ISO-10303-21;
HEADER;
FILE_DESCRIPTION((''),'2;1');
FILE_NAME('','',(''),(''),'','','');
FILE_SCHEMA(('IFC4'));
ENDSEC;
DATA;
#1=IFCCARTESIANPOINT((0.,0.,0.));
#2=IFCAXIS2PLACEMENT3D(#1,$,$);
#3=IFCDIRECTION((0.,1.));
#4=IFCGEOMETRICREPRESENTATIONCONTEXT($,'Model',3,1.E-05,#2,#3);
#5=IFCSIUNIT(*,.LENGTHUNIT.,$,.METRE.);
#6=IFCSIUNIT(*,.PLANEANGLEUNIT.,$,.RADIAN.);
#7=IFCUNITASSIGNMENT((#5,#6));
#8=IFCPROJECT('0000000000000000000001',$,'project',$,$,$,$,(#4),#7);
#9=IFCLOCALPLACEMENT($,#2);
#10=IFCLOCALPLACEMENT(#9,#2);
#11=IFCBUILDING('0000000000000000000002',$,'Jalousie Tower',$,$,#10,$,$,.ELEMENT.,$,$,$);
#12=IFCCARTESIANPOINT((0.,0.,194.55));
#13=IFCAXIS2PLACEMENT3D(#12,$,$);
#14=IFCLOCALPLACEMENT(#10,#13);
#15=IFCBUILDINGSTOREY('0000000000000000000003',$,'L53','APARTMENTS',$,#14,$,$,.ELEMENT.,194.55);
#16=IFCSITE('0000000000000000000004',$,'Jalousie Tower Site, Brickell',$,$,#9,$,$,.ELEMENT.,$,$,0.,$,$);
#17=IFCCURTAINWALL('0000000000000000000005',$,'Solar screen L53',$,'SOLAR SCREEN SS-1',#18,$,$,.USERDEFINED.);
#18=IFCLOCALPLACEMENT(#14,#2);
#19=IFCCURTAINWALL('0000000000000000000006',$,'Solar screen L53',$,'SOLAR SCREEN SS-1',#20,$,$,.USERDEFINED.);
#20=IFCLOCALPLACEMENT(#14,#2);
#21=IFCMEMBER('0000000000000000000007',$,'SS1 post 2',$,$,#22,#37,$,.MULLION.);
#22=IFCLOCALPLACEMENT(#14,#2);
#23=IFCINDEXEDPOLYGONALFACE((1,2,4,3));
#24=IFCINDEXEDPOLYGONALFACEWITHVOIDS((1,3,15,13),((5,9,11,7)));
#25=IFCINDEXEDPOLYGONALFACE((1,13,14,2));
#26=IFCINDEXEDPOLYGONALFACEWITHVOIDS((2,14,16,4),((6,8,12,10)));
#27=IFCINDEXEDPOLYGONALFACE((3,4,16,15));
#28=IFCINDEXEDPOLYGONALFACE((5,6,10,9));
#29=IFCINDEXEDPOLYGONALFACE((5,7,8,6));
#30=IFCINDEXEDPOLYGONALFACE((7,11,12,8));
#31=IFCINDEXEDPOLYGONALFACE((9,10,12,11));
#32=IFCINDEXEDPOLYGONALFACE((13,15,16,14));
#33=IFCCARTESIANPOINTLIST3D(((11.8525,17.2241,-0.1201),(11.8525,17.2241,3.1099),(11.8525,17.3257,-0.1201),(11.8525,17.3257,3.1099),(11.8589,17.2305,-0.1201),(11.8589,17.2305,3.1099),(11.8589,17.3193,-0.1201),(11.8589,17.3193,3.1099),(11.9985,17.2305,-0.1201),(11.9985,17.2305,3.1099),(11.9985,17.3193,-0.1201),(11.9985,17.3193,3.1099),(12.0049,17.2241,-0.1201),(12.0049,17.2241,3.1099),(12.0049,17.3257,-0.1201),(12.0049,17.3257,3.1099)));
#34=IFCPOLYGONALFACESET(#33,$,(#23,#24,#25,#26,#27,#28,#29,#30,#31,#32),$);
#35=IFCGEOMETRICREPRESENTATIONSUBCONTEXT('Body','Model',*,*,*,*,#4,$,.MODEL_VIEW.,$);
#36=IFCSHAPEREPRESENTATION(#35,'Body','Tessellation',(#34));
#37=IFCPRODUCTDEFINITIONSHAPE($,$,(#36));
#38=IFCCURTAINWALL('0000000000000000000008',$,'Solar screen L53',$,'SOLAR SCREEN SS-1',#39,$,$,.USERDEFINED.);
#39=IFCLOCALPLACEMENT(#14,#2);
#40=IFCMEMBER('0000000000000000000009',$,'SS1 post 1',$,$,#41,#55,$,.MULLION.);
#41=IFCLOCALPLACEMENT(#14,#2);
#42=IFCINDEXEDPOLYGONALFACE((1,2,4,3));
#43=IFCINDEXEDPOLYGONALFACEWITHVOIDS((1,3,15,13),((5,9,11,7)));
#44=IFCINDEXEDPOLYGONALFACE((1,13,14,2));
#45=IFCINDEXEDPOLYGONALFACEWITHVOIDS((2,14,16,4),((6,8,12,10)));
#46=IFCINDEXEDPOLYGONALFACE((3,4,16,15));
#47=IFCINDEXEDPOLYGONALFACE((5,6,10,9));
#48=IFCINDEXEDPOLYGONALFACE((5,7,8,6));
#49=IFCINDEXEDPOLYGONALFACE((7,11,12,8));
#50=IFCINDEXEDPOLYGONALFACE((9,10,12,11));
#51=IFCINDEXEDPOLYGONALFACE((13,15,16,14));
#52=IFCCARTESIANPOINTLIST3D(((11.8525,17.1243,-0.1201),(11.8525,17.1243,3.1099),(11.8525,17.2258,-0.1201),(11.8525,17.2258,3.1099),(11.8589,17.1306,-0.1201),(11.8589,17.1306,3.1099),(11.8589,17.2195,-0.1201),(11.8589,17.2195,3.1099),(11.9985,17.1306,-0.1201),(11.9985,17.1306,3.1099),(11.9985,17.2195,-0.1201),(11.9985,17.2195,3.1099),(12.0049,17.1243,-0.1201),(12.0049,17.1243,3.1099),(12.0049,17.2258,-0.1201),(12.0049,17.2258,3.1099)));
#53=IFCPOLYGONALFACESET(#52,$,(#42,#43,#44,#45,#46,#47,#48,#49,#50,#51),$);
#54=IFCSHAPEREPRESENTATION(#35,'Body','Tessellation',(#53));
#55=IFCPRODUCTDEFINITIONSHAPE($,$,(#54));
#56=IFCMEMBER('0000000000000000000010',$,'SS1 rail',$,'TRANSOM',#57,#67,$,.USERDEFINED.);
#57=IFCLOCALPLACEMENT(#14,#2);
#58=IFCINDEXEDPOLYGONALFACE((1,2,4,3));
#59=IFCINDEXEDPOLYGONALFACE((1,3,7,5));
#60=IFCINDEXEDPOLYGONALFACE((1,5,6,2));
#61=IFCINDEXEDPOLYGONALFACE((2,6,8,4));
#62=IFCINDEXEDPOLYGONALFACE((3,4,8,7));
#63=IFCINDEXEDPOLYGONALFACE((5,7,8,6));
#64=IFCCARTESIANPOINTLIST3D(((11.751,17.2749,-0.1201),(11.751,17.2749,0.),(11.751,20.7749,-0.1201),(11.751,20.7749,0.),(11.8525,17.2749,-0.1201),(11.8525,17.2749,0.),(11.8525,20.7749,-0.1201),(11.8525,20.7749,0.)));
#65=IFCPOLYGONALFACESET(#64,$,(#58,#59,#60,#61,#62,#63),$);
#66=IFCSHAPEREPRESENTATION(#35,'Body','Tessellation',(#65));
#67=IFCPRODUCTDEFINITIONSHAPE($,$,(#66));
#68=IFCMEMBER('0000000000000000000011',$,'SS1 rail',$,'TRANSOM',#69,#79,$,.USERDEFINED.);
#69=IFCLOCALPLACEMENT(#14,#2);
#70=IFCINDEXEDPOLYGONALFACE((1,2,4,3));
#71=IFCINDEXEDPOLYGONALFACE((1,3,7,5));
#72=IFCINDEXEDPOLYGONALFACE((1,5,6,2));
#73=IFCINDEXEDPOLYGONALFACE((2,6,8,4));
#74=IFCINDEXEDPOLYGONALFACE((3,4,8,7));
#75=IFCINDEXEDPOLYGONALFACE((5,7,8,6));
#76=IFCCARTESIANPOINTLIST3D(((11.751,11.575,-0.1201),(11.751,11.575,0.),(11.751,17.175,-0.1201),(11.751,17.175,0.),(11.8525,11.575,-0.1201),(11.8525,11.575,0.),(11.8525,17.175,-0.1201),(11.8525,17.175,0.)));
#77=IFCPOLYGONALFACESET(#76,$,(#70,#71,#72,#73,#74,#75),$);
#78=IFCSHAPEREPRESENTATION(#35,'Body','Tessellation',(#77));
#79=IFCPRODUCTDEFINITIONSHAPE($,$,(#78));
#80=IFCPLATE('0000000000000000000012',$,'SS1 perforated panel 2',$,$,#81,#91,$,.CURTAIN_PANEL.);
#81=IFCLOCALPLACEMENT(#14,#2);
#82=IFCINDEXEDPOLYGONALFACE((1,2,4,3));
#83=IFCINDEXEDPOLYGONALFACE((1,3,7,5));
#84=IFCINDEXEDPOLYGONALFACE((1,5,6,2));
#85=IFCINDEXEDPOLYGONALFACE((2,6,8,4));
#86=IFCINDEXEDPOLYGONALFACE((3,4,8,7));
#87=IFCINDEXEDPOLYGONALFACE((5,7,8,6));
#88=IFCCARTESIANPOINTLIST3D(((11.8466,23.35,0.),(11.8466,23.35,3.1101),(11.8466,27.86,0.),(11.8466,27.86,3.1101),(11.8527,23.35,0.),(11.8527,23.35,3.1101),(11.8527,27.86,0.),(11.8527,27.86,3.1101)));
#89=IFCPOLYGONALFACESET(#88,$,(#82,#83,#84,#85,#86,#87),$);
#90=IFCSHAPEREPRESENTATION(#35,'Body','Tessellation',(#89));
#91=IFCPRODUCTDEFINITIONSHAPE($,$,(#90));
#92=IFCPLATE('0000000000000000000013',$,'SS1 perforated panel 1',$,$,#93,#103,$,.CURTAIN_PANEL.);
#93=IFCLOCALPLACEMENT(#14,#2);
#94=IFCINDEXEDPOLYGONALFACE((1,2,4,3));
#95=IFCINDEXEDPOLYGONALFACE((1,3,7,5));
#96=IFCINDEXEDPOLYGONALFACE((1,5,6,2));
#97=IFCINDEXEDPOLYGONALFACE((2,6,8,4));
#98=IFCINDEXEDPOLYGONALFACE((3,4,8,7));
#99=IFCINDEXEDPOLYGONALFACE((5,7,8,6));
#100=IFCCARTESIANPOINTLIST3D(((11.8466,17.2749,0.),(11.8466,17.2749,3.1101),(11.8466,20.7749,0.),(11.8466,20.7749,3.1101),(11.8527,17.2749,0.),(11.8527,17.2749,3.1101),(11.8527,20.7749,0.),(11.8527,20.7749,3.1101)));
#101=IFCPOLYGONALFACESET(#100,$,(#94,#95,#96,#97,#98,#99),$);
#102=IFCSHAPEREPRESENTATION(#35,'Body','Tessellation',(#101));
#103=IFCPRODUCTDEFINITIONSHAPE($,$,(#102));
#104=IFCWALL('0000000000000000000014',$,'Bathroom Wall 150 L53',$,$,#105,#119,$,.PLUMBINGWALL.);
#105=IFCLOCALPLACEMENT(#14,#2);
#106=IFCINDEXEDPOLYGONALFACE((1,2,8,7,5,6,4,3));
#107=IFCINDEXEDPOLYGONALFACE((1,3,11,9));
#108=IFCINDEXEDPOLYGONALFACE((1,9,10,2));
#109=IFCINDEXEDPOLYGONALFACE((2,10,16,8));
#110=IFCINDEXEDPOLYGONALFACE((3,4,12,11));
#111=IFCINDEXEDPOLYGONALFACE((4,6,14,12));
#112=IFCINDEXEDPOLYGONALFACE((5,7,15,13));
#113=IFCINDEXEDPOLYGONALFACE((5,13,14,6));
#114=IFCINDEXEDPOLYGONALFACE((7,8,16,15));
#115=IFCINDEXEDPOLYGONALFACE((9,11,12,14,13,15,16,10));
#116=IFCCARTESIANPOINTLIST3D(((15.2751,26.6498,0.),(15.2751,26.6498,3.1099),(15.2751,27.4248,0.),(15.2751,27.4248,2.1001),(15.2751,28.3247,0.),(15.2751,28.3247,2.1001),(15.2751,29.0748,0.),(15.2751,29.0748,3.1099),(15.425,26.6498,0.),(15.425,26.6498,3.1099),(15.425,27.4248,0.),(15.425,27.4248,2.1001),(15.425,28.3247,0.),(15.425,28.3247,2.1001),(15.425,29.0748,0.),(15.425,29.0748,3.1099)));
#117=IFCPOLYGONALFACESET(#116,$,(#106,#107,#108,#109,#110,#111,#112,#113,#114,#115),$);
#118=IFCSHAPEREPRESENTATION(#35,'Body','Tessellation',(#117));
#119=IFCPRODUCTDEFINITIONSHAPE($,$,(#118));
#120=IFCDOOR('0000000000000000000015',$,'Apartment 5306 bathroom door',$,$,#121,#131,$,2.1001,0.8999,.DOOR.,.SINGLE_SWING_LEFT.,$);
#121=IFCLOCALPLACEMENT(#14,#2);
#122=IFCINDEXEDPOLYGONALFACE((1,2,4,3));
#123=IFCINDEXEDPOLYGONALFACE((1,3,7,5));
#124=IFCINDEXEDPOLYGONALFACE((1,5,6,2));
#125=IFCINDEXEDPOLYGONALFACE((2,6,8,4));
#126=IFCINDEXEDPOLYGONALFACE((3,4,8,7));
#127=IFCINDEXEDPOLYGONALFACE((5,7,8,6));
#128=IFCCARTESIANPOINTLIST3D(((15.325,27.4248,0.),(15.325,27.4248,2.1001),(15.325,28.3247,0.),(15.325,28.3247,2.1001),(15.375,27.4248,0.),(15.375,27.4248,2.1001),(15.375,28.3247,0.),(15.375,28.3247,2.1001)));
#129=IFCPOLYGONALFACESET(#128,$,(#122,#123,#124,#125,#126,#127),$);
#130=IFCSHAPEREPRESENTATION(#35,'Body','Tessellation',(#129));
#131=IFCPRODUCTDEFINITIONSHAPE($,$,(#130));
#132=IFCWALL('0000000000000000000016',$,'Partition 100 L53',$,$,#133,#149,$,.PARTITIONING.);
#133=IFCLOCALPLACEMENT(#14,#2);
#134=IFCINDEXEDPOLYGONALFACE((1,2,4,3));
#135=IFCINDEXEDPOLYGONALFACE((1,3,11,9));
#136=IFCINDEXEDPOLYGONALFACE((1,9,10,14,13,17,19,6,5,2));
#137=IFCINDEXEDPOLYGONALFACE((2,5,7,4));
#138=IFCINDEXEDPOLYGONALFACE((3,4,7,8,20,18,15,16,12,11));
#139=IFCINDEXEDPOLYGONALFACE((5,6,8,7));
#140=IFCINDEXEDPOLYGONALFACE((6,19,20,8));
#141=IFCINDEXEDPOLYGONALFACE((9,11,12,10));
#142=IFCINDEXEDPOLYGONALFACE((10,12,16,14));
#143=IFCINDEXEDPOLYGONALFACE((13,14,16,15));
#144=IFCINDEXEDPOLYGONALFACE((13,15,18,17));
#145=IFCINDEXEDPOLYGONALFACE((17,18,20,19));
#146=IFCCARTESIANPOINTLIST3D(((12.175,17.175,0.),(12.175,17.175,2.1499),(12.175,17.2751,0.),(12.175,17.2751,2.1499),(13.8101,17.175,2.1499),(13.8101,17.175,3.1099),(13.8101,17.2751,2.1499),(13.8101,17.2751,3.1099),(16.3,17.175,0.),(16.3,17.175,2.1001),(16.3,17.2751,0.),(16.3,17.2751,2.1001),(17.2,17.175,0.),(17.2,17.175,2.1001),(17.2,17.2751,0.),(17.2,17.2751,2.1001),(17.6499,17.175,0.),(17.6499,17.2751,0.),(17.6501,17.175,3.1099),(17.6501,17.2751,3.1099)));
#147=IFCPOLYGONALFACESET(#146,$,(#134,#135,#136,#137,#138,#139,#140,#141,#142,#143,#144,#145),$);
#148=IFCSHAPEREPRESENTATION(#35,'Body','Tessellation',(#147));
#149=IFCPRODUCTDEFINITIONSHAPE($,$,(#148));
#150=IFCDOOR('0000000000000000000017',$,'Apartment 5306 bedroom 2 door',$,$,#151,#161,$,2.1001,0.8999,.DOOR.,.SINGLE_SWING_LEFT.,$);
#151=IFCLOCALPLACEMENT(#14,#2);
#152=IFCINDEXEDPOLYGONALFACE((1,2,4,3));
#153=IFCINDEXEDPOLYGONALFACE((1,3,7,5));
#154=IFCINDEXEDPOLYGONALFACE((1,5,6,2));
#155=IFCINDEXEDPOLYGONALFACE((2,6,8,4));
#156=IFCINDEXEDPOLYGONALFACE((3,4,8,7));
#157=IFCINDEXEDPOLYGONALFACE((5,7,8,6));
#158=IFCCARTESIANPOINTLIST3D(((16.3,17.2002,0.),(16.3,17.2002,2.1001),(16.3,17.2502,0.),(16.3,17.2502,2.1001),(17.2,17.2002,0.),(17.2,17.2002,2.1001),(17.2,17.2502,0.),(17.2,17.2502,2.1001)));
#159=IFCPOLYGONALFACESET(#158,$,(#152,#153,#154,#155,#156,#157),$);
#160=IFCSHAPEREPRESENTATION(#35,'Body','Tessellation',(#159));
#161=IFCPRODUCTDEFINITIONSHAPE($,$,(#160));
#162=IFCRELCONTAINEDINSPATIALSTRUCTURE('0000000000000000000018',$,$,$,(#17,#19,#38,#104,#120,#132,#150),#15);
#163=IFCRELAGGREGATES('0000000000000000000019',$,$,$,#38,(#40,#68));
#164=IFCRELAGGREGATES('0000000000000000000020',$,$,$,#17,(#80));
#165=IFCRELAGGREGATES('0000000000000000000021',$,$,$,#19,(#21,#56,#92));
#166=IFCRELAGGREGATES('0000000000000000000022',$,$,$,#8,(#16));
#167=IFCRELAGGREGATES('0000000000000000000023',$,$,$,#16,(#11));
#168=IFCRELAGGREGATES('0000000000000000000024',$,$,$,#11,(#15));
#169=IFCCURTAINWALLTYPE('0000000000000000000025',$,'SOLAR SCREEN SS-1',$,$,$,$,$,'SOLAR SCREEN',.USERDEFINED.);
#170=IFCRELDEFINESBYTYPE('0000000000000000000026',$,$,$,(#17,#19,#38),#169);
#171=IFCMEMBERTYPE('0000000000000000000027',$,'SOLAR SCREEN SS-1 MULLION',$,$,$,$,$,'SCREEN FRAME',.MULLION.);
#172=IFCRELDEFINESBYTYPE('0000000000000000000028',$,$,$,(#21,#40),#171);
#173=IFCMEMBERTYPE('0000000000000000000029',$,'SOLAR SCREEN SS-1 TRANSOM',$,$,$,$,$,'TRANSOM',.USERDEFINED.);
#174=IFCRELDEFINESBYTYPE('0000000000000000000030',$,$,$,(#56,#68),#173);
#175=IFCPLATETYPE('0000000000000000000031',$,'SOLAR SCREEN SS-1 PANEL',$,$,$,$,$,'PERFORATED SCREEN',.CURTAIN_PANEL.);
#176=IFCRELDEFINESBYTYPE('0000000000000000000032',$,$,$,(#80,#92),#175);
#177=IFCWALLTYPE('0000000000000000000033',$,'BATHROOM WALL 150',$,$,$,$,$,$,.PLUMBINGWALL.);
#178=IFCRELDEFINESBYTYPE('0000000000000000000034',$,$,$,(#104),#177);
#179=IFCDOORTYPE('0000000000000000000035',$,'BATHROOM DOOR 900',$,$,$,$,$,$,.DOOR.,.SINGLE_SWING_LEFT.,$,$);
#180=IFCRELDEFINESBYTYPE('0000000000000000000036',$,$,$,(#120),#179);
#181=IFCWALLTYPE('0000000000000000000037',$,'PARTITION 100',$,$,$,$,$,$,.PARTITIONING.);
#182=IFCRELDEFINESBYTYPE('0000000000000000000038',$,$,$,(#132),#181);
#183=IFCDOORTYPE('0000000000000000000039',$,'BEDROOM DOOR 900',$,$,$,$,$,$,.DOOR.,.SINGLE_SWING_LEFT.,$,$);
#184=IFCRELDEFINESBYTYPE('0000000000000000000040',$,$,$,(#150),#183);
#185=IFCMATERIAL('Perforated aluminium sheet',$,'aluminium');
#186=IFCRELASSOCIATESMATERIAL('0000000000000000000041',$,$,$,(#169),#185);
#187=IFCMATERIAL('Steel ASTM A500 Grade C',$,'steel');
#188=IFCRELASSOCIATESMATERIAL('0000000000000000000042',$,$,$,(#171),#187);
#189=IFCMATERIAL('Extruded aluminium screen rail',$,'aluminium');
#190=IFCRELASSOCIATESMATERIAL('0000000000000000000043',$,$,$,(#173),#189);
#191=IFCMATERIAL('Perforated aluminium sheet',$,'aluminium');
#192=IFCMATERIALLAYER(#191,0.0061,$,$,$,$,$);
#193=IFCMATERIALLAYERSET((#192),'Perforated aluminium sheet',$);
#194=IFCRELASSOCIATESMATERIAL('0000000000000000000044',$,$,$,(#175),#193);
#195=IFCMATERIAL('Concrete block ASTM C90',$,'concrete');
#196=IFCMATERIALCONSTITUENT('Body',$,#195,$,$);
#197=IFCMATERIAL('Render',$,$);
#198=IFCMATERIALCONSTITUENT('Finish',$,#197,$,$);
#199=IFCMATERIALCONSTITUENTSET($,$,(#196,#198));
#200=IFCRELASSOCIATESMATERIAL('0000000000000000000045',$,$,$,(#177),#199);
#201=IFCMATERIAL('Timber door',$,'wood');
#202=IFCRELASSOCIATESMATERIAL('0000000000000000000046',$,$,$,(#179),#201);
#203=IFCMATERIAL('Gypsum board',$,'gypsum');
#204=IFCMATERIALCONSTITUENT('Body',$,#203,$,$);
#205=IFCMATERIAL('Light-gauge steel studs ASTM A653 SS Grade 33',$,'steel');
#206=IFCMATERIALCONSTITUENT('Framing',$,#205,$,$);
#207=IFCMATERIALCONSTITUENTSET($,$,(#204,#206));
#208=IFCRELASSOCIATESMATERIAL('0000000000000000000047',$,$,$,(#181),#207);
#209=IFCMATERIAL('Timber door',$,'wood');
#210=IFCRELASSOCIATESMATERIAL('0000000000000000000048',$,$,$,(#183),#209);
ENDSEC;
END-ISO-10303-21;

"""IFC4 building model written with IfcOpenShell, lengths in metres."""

from ifc_helpers import new_model, si_unit, direction, frame, frame_2d, origin, origin_2d, place, context, subcontext, project, spatial, polyline, rectangle, hollow_rectangle, outline, extrude, material, layer, layer_set, constituent, constituent_set, material_profile, profile_set, type_object, element, fill, aggregate, save


model = new_model("IFC4")

# Units and contexts
model_context = context("Model", 3, precision=1e-05, world=origin(), true_north=direction((0.0, 1.0)))
body_context = subcontext(model_context, "Body", "Model", "MODEL_VIEW")
ifc_project = project(units=[si_unit("LENGTHUNIT", "METRE"), si_unit("PLANEANGLEUNIT", "RADIAN")], contexts=[model_context])

# Site, building, storey
site_placement = place(None, origin())
site = spatial("IfcSite", under=ifc_project, at=site_placement, Name="Jalousie Tower Site, Brickell", CompositionType="ELEMENT", RefElevation=0.0)
building_placement = place(site_placement, origin())
building = spatial("IfcBuilding", under=site, at=building_placement, Name="Jalousie Tower", CompositionType="ELEMENT")
storey_placement = place(building_placement, frame((0.0, 0.0, 194.55)))
storey = spatial("IfcBuildingStorey", under=building, at=storey_placement, Name="L53", Description="APARTMENTS", CompositionType="ELEMENT", Elevation=194.55)

# Curtain walls, member
ifc_material_1 = material(Name="Perforated aluminium sheet", Category="aluminium")
curtain_wall_type = type_object("IfcCurtainWallType", Name="SOLAR SCREEN SS-1", ElementType="SOLAR SCREEN", PredefinedType="USERDEFINED", material=ifc_material_1)
curtain_wall_1_placement = place(storey_placement, origin())
curtain_wall_1 = element("IfcCurtainWall", 1, at=curtain_wall_1_placement, inside=storey, type_object=curtain_wall_type, Name="Solar screen L53", ObjectType="SOLAR SCREEN SS-1", PredefinedType="USERDEFINED")
ifc_material_2 = material(Name="Steel ASTM A500 Grade C", Category="steel")
ifc_material_profile_1 = material_profile(ifc_material_2, hollow_rectangle(XDim=0.1016, YDim=0.1523, WallThickness=0.0063, at=origin_2d()), Name="HSS6X4X1/4")
ifc_profile_set_1 = profile_set([ifc_material_profile_1], Name="Steel ASTM A500 Grade C")
member_type_1 = type_object("IfcMemberType", Name="SOLAR SCREEN SS-1 MULLION", ElementType="SCREEN FRAME", PredefinedType="MULLION", material=ifc_profile_set_1)
curtain_wall_2_placement = place(storey_placement, origin())
curtain_wall_2 = element("IfcCurtainWall", 2, at=curtain_wall_2_placement, inside=storey, type_object=curtain_wall_type, Name="Solar screen L53", ObjectType="SOLAR SCREEN SS-1", PredefinedType="USERDEFINED")
member_1_placement = place(storey_placement, frame((11.9287, 17.2749, -0.1201), z_axis=(0.0, 0.0, 1.0), x_axis=(0.0, -1.0, 0.0)))
member_1 = element("IfcMember", 3, at=member_1_placement, type_object=member_type_1, Name="SS1 post 2", PredefinedType="MULLION", context=body_context, shape_type="SweptSolid", body=[
    extrude(hollow_rectangle(XDim=0.1016, YDim=0.1523, WallThickness=0.0063, at=origin_2d()), origin(), (0.0, 0.0, 1.0), 3.23),
])

# Curtain wall, member
curtain_wall_3_placement = place(storey_placement, origin())
curtain_wall_3 = element("IfcCurtainWall", 4, at=curtain_wall_3_placement, inside=storey, type_object=curtain_wall_type, Name="Solar screen L53", ObjectType="SOLAR SCREEN SS-1", PredefinedType="USERDEFINED")
member_2_placement = place(storey_placement, frame((11.9287, 17.175, -0.1201), z_axis=(0.0, 0.0, 1.0), x_axis=(0.0, -1.0, 0.0)))
member_2 = element("IfcMember", 5, at=member_2_placement, type_object=member_type_1, Name="SS1 post 1", PredefinedType="MULLION", context=body_context, shape_type="SweptSolid", body=[
    extrude(hollow_rectangle(XDim=0.1016, YDim=0.1523, WallThickness=0.0063, at=origin_2d()), origin(), (0.0, 0.0, 1.0), 3.23),
])

# Members
ifc_material_3 = material(Name="Extruded aluminium screen rail", Category="aluminium")
ifc_material_profile_2 = material_profile(ifc_material_3, rectangle(XDim=0.1016, YDim=0.1201, at=origin_2d()), Name="RAIL 102x120")
ifc_profile_set_2 = profile_set([ifc_material_profile_2], Name="Extruded aluminium screen rail")
member_type_2 = type_object("IfcMemberType", Name="SOLAR SCREEN SS-1 TRANSOM", ElementType="TRANSOM", PredefinedType="USERDEFINED", material=ifc_profile_set_2)
member_3_placement = place(storey_placement, frame((11.8018, 20.7749, -0.0601), z_axis=(0.0, -1.0, 0.0), x_axis=(1.0, 0.0, 0.0)))
member_3 = element("IfcMember", 6, at=member_3_placement, type_object=member_type_2, Name="SS1 rail", ObjectType="TRANSOM", PredefinedType="USERDEFINED", context=body_context, shape_type="SweptSolid", body=[
    extrude(rectangle(XDim=0.1016, YDim=0.1201, at=origin_2d()), origin(), (0.0, 0.0, 1.0), 3.5),
])
member_4_placement = place(storey_placement, frame((11.8018, 17.175, -0.0601), z_axis=(0.0, -1.0, 0.0), x_axis=(1.0, 0.0, 0.0)))
member_4 = element("IfcMember", 7, at=member_4_placement, type_object=member_type_2, Name="SS1 rail", ObjectType="TRANSOM", PredefinedType="USERDEFINED", context=body_context, shape_type="SweptSolid", body=[
    extrude(rectangle(XDim=0.1016, YDim=0.1201, at=origin_2d()), origin(), (0.0, 0.0, 1.0), 5.6001),
])
aggregate(curtain_wall_3, [member_2, member_4])

# Plates
ifc_material_4 = material(Name="Perforated aluminium sheet", Category="aluminium")
ifc_layer = layer(ifc_material_4, 0.0061)
ifc_layer_set = layer_set([ifc_layer], Name="Perforated aluminium sheet")
plate_type = type_object("IfcPlateType", Name="SOLAR SCREEN SS-1 PANEL", ElementType="PERFORATED SCREEN", PredefinedType="CURTAIN_PANEL", material=ifc_layer_set)
plate_1_placement = place(storey_placement, frame((11.8496, 25.605, 0.0), z_axis=(0.0, 0.0, 1.0), x_axis=(0.0, -1.0, 0.0)))
plate_1 = element("IfcPlate", 8, at=plate_1_placement, type_object=plate_type, Name="SS1 perforated panel 2", PredefinedType="CURTAIN_PANEL", context=body_context, shape_type="SweptSolid", body=[
    extrude(rectangle(XDim=4.51, YDim=0.0061, at=origin_2d()), origin(), (0.0, 0.0, 1.0), 3.1101),
])
aggregate(curtain_wall_1, [plate_1])
plate_2_placement = place(storey_placement, frame((11.8496, 19.0249, 0.0), z_axis=(0.0, 0.0, 1.0), x_axis=(0.0, -1.0, 0.0)))
plate_2 = element("IfcPlate", 9, at=plate_2_placement, type_object=plate_type, Name="SS1 perforated panel 1", PredefinedType="CURTAIN_PANEL", context=body_context, shape_type="SweptSolid", body=[
    extrude(rectangle(XDim=3.5, YDim=0.0061, at=origin_2d()), origin(), (0.0, 0.0, 1.0), 3.1101),
])
aggregate(curtain_wall_2, [member_1, member_3, plate_2])

# Walls, openings, doors
ifc_material_5 = material(Name="Concrete block ASTM C90", Category="concrete")
ifc_constituent_1 = constituent(ifc_material_5, Name="Body")
ifc_material_6 = material(Name="Render")
ifc_constituent_2 = constituent(ifc_material_6, Name="Finish")
ifc_constituent_set_1 = constituent_set(constituents=[ifc_constituent_1, ifc_constituent_2])
wall_type_1 = type_object("IfcWallType", Name="BATHROOM WALL 150", PredefinedType="PLUMBINGWALL", material=ifc_constituent_set_1)
wall_1_placement = place(storey_placement, frame((15.3501, 26.6499, 0.0), z_axis=(0.0, 0.0, 1.0), x_axis=(0.0, 1.0, 0.0)))
wall_1 = element("IfcWall", 10, at=wall_1_placement, inside=storey, type_object=wall_type_1, Name="Bathroom Wall 150 L53", PredefinedType="PLUMBINGWALL", context=body_context, shape_type="SweptSolid", body=[
    extrude(rectangle(XDim=2.425, YDim=0.1499, at=frame_2d((1.2124, 0.0))), origin(), (0.0, 0.0, 1.0), 3.1099),
])
opening_1_placement = place(wall_1_placement, frame((0.7749, 0.0, 0.0)))
opening_1 = element("IfcOpeningElement", 11, at=opening_1_placement, cuts=wall_1, PredefinedType="OPENING", context=body_context, shape_type="SweptSolid", body=[
    extrude(rectangle(XDim=0.8999, YDim=2.1001, at=frame_2d((0.45, 1.05))), frame((0.0, 0.085, 0.0), z_axis=(0.0, -1.0, 0.0), x_axis=(1.0, 0.0, 0.0)), (0.0, 0.0, 1.0), 0.1699),
])
ifc_material_7 = material(Name="Timber door", Category="wood")
door_type_1 = type_object("IfcDoorType", Name="BATHROOM DOOR 900", OperationType="SINGLE_SWING_LEFT", PredefinedType="DOOR", material=ifc_material_7)
door_1_placement = place(opening_1_placement, frame((0.8999, 0.0, 0.0), z_axis=(0.0, 0.0, 1.0), x_axis=(-1.0, 0.0, 0.0)))
door_1 = element("IfcDoor", 12, at=door_1_placement, inside=storey, type_object=door_type_1, Name="Apartment 5306 bathroom door", OperationType="SINGLE_SWING_LEFT", OverallHeight=2.1001, OverallWidth=0.8999, PredefinedType="DOOR", context=body_context, shape_type="SweptSolid", body=[
    extrude(rectangle(XDim=0.8999, YDim=2.1001, at=frame_2d((0.45, 1.05))), frame((0.0, 0.0249, 0.0), z_axis=(0.0, -1.0, 0.0), x_axis=(1.0, 0.0, 0.0)), (0.0, 0.0, 1.0), 0.05),
])
fill(opening_1, door_1)
ifc_material_8 = material(Name="Gypsum board", Category="gypsum")
ifc_constituent_3 = constituent(ifc_material_8, Name="Body")
ifc_material_9 = material(Name="Light-gauge steel studs ASTM A653 SS Grade 33", Category="steel")
ifc_constituent_4 = constituent(ifc_material_9, Name="Framing")
ifc_constituent_set_2 = constituent_set(constituents=[ifc_constituent_3, ifc_constituent_4])
wall_type_2 = type_object("IfcWallType", Name="PARTITION 100", PredefinedType="PARTITIONING", material=ifc_constituent_set_2)
wall_2_placement = place(storey_placement, frame((12.175, 17.2251, 0.0), z_axis=(0.0, 0.0, 1.0), x_axis=(1.0, 0.0, 0.0)))
wall_2 = element("IfcWall", 13, at=wall_2_placement, inside=storey, type_object=wall_type_2, Name="Partition 100 L53", PredefinedType="PARTITIONING", context=body_context, shape_type="SweptSolid", body=[
    extrude(outline(polyline([(0.0, 0.0), (5.4749, 0.0), (5.4751, 3.1099), (1.635, 3.1099), (1.635, 2.1499), (0.0, 2.1499), (0.0, 3.1099), (0.0, 0.0)])), frame((0.0, 0.05, 0.0), z_axis=(0.0, -1.0, 0.0), x_axis=(1.0, 0.0, 0.0)), (0.0, 0.0, 1.0), 0.1001),
])
opening_2_placement = place(wall_2_placement, frame((4.125, 0.0, 0.0)))
opening_2 = element("IfcOpeningElement", 14, at=opening_2_placement, cuts=wall_2, PredefinedType="OPENING", context=body_context, shape_type="SweptSolid", body=[
    extrude(rectangle(XDim=0.8999, YDim=2.1001, at=frame_2d((0.45, 1.05))), frame((0.0, 0.0601, 0.0), z_axis=(0.0, -1.0, 0.0), x_axis=(1.0, 0.0, 0.0)), (0.0, 0.0, 1.0), 0.1201),
])
ifc_material_10 = material(Name="Timber door", Category="wood")
door_type_2 = type_object("IfcDoorType", Name="BEDROOM DOOR 900", OperationType="SINGLE_SWING_LEFT", PredefinedType="DOOR", material=ifc_material_10)
door_2_placement = place(opening_2_placement, frame((0.8999, 0.0, 0.0), z_axis=(0.0, 0.0, 1.0), x_axis=(-1.0, 0.0, 0.0)))
door_2 = element("IfcDoor", 15, at=door_2_placement, inside=storey, type_object=door_type_2, Name="Apartment 5306 bedroom 2 door", OperationType="SINGLE_SWING_LEFT", OverallHeight=2.1001, OverallWidth=0.8999, PredefinedType="DOOR", context=body_context, shape_type="SweptSolid", body=[
    extrude(rectangle(XDim=0.8999, YDim=2.1001, at=frame_2d((0.45, 1.05))), frame((0.0, 0.0249, 0.0), z_axis=(0.0, -1.0, 0.0), x_axis=(1.0, 0.0, 0.0)), (0.0, 0.0, 1.0), 0.05),
])
fill(opening_2, door_2)

save(model, "model.ifc")
